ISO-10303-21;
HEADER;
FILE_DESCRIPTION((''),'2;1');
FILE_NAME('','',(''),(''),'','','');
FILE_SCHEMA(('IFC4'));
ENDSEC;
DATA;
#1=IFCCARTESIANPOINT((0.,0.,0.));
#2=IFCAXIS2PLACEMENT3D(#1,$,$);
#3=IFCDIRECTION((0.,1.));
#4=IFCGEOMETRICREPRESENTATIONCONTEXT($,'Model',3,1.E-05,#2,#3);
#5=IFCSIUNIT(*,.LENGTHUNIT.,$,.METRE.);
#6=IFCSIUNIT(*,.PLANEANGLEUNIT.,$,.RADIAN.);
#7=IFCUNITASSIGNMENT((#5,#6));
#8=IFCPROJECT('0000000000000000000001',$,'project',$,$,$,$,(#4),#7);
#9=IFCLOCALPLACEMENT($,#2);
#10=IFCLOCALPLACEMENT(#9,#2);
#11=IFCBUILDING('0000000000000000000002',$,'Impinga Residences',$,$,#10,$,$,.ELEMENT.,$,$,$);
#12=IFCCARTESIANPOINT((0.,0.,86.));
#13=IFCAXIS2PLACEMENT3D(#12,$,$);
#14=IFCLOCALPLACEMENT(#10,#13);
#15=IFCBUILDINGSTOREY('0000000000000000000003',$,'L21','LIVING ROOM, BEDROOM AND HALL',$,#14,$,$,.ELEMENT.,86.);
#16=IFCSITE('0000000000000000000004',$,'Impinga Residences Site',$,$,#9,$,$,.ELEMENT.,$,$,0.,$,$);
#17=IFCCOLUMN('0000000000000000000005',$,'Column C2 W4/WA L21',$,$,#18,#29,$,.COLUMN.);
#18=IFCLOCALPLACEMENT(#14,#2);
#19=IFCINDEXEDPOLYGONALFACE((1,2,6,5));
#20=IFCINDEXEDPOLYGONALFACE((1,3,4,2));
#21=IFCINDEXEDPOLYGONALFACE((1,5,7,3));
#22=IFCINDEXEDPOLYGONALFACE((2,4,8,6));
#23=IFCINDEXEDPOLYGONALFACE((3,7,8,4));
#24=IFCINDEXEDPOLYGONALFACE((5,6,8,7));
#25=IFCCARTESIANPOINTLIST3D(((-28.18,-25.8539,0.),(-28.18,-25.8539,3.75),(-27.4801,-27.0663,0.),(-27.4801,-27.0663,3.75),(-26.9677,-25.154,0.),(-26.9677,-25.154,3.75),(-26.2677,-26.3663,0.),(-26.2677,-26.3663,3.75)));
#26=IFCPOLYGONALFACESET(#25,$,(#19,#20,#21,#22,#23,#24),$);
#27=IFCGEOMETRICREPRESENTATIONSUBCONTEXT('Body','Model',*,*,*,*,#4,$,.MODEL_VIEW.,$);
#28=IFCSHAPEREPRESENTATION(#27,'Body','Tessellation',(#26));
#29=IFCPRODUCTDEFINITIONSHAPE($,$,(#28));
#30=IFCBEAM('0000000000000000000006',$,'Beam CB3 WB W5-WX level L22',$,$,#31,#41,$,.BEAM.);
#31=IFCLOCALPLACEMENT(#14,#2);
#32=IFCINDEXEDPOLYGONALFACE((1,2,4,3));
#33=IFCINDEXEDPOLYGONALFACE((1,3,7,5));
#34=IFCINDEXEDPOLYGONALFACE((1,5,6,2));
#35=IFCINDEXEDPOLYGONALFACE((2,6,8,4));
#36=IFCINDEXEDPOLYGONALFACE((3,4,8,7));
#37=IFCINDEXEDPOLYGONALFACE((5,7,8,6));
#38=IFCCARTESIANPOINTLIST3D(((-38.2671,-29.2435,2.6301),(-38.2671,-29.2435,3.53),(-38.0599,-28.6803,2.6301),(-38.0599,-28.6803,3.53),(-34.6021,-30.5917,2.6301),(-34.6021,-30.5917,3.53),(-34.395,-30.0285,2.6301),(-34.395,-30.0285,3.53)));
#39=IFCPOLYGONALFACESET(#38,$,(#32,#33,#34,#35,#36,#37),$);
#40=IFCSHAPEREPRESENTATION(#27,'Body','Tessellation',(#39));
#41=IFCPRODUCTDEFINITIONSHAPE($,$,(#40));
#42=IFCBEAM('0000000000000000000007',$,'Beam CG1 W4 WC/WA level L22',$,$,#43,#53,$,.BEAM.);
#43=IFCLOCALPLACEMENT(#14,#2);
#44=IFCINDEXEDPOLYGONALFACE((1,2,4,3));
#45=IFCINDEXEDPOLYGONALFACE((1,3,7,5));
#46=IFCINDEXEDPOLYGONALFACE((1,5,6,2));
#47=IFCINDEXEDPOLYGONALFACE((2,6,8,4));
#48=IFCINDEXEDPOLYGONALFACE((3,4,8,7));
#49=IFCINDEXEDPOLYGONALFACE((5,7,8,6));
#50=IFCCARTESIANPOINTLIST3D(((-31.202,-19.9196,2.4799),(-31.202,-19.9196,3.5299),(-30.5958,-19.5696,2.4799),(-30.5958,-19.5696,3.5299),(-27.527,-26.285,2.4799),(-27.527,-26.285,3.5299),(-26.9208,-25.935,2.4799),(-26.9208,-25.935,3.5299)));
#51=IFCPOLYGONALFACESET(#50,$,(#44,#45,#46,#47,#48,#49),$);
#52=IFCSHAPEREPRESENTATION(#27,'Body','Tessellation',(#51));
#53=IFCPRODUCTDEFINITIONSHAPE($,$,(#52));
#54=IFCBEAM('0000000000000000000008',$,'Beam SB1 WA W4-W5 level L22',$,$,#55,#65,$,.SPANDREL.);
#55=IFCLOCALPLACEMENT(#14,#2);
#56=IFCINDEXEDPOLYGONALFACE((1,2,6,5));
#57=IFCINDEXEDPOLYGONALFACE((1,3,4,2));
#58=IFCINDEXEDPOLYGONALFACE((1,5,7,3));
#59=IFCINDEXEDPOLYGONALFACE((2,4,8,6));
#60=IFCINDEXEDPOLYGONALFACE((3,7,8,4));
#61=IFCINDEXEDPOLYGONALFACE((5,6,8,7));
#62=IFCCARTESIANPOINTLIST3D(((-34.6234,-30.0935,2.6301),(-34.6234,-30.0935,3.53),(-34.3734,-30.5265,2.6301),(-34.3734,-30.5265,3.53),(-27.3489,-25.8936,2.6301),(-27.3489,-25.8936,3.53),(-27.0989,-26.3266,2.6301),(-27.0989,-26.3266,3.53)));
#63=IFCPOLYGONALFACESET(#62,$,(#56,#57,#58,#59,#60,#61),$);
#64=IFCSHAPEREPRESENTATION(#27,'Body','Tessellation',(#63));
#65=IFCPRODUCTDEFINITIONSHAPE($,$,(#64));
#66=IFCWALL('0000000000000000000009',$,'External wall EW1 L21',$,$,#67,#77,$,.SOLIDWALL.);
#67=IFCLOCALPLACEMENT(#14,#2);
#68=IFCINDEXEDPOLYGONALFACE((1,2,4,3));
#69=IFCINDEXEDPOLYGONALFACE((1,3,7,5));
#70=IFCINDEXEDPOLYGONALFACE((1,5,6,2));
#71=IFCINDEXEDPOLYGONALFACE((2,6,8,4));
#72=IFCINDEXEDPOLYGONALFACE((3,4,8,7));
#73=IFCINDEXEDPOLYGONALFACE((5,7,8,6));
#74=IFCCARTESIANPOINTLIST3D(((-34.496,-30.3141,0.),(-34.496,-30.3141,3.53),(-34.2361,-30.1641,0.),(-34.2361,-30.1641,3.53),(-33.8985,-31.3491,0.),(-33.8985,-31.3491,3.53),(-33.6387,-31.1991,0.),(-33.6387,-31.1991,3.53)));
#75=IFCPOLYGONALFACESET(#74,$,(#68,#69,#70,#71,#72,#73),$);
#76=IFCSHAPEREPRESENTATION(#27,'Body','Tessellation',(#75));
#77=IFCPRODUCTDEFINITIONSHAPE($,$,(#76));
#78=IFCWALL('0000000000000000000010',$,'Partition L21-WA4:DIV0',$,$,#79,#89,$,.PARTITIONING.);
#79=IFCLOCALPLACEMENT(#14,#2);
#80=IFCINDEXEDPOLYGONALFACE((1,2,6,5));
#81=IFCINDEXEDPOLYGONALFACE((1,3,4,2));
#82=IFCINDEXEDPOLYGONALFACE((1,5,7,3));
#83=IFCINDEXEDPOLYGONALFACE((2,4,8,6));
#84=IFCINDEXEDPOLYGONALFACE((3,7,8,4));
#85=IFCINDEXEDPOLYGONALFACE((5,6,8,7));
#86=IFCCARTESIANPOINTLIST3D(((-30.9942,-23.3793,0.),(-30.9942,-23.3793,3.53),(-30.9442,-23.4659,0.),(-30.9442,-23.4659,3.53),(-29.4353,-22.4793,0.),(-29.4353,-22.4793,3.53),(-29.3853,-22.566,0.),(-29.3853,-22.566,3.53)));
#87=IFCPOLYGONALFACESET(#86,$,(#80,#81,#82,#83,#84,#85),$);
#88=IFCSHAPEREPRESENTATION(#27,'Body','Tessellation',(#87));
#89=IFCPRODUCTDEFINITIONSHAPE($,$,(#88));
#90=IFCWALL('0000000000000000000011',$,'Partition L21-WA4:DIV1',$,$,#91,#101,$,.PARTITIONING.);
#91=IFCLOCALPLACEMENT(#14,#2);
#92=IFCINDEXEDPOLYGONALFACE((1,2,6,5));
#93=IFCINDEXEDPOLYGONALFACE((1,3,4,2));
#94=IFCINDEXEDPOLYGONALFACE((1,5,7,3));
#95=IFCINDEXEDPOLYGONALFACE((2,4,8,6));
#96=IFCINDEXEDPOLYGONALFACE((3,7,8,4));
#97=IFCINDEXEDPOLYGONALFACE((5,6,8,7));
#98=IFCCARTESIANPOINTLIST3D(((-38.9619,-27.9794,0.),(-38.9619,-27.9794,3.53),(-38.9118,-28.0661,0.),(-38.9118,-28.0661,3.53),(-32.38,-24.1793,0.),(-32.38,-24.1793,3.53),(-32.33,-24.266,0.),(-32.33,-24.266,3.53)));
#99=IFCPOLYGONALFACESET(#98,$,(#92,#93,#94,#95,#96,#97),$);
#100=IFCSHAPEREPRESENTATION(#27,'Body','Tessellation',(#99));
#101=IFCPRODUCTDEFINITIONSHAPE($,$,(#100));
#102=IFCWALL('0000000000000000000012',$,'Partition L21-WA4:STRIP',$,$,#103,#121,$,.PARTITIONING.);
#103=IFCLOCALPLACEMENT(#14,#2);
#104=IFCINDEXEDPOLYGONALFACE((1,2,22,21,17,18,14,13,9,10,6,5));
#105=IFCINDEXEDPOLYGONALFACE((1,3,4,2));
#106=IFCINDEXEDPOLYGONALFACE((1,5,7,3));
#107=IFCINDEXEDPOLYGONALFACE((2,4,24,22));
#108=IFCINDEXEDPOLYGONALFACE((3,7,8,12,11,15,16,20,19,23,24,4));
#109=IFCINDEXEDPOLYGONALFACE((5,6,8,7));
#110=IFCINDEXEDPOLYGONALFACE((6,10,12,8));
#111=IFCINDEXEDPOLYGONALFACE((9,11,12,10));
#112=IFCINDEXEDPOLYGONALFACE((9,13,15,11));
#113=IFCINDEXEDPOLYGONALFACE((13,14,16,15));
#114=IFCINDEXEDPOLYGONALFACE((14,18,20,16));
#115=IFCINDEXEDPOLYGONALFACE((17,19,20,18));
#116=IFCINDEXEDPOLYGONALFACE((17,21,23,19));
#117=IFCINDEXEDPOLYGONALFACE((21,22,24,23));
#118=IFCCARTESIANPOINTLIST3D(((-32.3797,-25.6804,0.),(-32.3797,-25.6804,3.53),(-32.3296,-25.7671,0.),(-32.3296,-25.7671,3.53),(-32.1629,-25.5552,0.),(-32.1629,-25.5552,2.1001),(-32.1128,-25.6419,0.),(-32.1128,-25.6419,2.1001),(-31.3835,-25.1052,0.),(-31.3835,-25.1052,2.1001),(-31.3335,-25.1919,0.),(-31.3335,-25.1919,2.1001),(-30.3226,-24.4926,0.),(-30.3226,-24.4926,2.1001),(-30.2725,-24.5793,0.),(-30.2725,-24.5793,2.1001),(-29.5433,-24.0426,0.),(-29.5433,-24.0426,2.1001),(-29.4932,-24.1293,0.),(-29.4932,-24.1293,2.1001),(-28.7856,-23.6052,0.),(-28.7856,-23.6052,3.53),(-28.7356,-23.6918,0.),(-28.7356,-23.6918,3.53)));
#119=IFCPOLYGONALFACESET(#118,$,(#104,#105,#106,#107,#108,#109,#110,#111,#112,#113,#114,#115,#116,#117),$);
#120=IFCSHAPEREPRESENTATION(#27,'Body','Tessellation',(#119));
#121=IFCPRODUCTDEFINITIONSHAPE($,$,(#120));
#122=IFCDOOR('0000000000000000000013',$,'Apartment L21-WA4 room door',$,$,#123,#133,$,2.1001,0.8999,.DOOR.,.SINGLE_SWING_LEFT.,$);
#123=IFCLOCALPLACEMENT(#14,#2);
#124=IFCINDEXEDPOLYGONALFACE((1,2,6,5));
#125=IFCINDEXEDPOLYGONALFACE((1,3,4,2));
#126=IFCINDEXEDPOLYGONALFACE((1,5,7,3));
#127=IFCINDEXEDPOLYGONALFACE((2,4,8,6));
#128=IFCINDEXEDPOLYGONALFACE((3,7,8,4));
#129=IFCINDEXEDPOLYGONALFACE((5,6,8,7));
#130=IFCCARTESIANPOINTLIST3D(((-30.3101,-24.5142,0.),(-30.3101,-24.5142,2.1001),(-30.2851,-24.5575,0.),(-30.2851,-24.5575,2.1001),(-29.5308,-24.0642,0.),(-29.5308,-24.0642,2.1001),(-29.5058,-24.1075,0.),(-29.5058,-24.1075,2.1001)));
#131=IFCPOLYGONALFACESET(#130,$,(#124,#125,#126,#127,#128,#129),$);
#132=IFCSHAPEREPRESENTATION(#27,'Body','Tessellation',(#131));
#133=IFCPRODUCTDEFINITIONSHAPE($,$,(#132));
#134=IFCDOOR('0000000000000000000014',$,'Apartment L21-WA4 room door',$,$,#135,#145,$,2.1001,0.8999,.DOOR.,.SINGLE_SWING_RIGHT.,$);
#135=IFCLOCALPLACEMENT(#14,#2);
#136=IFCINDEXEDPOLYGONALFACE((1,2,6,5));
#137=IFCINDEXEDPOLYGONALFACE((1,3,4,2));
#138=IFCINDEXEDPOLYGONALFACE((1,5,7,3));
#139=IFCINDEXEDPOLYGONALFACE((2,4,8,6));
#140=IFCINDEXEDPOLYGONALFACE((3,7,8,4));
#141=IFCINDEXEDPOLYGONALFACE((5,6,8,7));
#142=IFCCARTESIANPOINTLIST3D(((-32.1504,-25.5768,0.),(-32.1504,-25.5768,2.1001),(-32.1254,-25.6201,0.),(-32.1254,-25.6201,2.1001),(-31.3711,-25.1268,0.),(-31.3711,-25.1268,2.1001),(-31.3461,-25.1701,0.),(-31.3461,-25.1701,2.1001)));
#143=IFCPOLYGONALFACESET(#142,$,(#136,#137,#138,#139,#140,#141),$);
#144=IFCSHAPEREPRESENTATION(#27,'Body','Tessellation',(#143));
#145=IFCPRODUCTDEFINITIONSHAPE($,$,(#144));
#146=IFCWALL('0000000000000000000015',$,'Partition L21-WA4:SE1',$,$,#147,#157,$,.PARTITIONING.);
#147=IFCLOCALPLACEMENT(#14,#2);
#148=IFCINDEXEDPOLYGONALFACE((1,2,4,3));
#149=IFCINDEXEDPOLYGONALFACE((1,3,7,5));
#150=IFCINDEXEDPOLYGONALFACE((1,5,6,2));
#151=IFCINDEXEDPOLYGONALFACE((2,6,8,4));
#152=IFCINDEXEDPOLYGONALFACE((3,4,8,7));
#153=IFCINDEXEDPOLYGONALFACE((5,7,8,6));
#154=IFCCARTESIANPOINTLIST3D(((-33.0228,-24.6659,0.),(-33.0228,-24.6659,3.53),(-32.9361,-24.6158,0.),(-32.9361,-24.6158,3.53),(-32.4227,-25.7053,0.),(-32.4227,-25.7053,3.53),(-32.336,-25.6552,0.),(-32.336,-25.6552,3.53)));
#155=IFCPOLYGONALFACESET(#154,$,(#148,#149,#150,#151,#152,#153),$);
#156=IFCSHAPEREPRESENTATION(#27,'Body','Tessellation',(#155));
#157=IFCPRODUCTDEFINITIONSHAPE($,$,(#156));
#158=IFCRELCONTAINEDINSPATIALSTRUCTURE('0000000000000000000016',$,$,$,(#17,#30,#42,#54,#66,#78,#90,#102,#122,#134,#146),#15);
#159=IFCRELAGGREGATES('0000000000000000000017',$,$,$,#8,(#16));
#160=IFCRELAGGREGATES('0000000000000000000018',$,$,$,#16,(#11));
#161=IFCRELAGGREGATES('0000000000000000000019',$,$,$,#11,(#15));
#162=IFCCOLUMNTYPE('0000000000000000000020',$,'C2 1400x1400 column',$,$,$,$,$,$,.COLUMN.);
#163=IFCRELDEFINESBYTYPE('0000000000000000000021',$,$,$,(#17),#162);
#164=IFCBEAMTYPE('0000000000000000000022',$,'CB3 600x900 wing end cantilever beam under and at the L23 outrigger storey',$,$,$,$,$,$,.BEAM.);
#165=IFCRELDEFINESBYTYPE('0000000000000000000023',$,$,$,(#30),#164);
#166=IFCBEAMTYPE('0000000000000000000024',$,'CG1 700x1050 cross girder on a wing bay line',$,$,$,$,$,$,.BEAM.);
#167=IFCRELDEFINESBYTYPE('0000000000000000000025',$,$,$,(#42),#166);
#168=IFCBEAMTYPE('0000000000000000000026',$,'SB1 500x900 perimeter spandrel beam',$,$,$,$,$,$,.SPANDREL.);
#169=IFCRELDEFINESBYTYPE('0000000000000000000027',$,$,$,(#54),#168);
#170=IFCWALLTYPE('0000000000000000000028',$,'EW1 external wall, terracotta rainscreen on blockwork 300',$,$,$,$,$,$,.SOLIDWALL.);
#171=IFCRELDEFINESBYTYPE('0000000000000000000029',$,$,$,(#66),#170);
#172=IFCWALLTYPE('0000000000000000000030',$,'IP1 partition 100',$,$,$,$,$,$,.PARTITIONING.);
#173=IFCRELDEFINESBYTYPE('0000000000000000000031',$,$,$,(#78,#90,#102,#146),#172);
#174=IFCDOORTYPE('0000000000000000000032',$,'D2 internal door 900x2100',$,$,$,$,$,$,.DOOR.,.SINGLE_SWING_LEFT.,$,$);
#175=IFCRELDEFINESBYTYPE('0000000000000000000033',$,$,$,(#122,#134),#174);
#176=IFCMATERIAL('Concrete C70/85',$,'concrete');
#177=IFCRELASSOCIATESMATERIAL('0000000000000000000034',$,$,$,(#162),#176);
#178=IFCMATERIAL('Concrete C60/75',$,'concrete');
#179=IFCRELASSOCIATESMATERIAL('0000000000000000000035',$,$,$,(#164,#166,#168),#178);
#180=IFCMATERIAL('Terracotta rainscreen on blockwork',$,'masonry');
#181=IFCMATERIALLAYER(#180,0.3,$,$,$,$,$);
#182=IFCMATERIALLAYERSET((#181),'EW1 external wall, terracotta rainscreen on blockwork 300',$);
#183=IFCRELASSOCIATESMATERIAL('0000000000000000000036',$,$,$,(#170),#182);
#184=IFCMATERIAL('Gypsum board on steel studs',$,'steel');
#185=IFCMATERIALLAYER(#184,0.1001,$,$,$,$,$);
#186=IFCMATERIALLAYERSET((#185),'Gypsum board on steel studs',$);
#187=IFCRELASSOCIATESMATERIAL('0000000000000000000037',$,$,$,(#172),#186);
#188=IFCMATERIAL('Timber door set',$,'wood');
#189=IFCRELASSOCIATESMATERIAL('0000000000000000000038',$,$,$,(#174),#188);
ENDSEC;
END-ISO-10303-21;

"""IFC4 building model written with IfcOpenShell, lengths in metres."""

from ifc_helpers import new_model, si_unit, direction, frame, frame_2d, origin, origin_2d, place, context, subcontext, project, spatial, rectangle, extrude, material, layer, layer_set, material_profile, profile_set, type_object, element, fill, save


model = new_model("IFC4")

# Units and contexts
model_context = context("Model", 3, precision=1e-05, world=origin(), true_north=direction((0.0, 1.0)))
body_context = subcontext(model_context, "Body", "Model", "MODEL_VIEW")
ifc_project = project(units=[si_unit("LENGTHUNIT", "METRE"), si_unit("PLANEANGLEUNIT", "RADIAN")], contexts=[model_context])

# Site, building, storey
site_placement = place(None, origin())
site = spatial("IfcSite", under=ifc_project, at=site_placement, Name="Impinga Residences Site", CompositionType="ELEMENT", RefElevation=0.0)
building_placement = place(site_placement, origin())
building = spatial("IfcBuilding", under=site, at=building_placement, Name="Impinga Residences", CompositionType="ELEMENT")
storey_placement = place(building_placement, frame((0.0, 0.0, 86.0)))
storey = spatial("IfcBuildingStorey", under=building, at=storey_placement, Name="L21", Description="LIVING ROOM, BEDROOM AND HALL", CompositionType="ELEMENT", Elevation=86.0)

# Column
ifc_material_1 = material(Name="Concrete C70/85", Category="concrete")
ifc_material_profile_1 = material_profile(ifc_material_1, rectangle(XDim=1.3999, YDim=1.3999, at=origin_2d()), Name="RC 1400x1400")
ifc_profile_set_1 = profile_set([ifc_material_profile_1], Name="Concrete C70/85")
column_type = type_object("IfcColumnType", Name="C2 1400x1400 column", PredefinedType="COLUMN", material=ifc_profile_set_1)
column_placement = place(storey_placement, frame((-27.2239, -26.1101, 0.0), z_axis=(0.0, 0.0, 1.0), x_axis=(-0.5, 0.866025, 0.0)))
element("IfcColumn", 1, at=column_placement, inside=storey, type_object=column_type, Name="Column C2 W4/WA L21", PredefinedType="COLUMN", context=body_context, shape_type="SweptSolid", body=[
    extrude(rectangle(XDim=1.3999, YDim=1.3999, at=origin_2d()), origin(), (0.0, 0.0, 1.0), 3.75),
])

# Beams
ifc_material_2 = material(Name="Concrete C60/75", Category="concrete")
ifc_material_profile_2 = material_profile(ifc_material_2, rectangle(XDim=0.6001, YDim=0.8999, at=origin_2d()), Name="RC 600x900")
ifc_profile_set_2 = profile_set([ifc_material_profile_2], Name="Concrete C60/75")
beam_type_1 = type_object("IfcBeamType", Name="CB3 600x900 wing end cantilever beam under and at the L23 outrigger storey", PredefinedType="BEAM", material=ifc_profile_set_2)
beam_1_placement = place(storey_placement, frame((-34.4985, -30.3101, 3.0801), z_axis=(-0.93852, 0.345224, 0.0), x_axis=(-0.345224, -0.93852, 0.0)))
element("IfcBeam", 2, at=beam_1_placement, inside=storey, type_object=beam_type_1, Name="Beam CB3 WB W5-WX level L22", PredefinedType="BEAM", context=body_context, shape_type="SweptSolid", body=[
    extrude(rectangle(XDim=0.6001, YDim=0.8999, at=origin_2d()), origin(), (0.0, 0.0, 1.0), 3.905),
])
ifc_material_profile_3 = material_profile(ifc_material_2, rectangle(XDim=0.7, YDim=1.05, at=origin_2d()), Name="RC 700x1050")
ifc_profile_set_3 = profile_set([ifc_material_profile_3], Name="Concrete C60/75")
beam_type_2 = type_object("IfcBeamType", Name="CG1 700x1050 cross girder on a wing bay line", PredefinedType="BEAM", material=ifc_profile_set_3)
beam_2_placement = place(storey_placement, frame((-30.8989, -19.7446, 3.0049), z_axis=(0.499994, -0.866029, 0.0), x_axis=(0.866029, 0.499994, 0.0)))
element("IfcBeam", 3, at=beam_2_placement, inside=storey, type_object=beam_type_2, Name="Beam CG1 W4 WC/WA level L22", PredefinedType="BEAM", context=body_context, shape_type="SweptSolid", body=[
    extrude(rectangle(XDim=0.7, YDim=1.05, at=origin_2d()), origin(), (0.0, 0.0, 1.0), 7.3501),
])
ifc_material_profile_4 = material_profile(ifc_material_2, rectangle(XDim=0.5, YDim=0.8999, at=origin_2d()), Name="RC 500x900")
ifc_profile_set_4 = profile_set([ifc_material_profile_4], Name="Concrete C60/75")
beam_type_3 = type_object("IfcBeamType", Name="SB1 500x900 perimeter spandrel beam", PredefinedType="SPANDREL", material=ifc_profile_set_4)
beam_3_placement = place(storey_placement, frame((-27.2239, -26.1101, 3.0801), z_axis=(-0.866029, -0.499993, 0.0), x_axis=(0.499993, -0.866029, 0.0)))
element("IfcBeam", 4, at=beam_3_placement, inside=storey, type_object=beam_type_3, Name="Beam SB1 WA W4-W5 level L22", PredefinedType="SPANDREL", context=body_context, shape_type="SweptSolid", body=[
    extrude(rectangle(XDim=0.5, YDim=0.8999, at=origin_2d()), origin(), (0.0, 0.0, 1.0), 8.3999),
])

# Walls
ifc_material_3 = material(Name="Terracotta rainscreen on blockwork", Category="masonry")
ifc_layer_1 = layer(ifc_material_3, 0.3)
ifc_layer_set_1 = layer_set([ifc_layer_1], Name="EW1 external wall, terracotta rainscreen on blockwork 300")
wall_type_1 = type_object("IfcWallType", Name="EW1 external wall, terracotta rainscreen on blockwork 300", PredefinedType="SOLIDWALL", material=ifc_layer_set_1)
wall_1_placement = place(storey_placement, frame((-33.7686, -31.2742, 0.0), z_axis=(0.0, 0.0, 1.0), x_axis=(-0.499941, 0.86606, 0.0)))
element("IfcWall", 5, at=wall_1_placement, inside=storey, type_object=wall_type_1, Name="External wall EW1 L21", PredefinedType="SOLIDWALL", context=body_context, shape_type="SweptSolid", body=[
    extrude(rectangle(XDim=1.1951, YDim=0.3, at=frame_2d((0.5977, 0.0))), origin(), (0.0, 0.0, 1.0), 3.53),
])
ifc_material_4 = material(Name="Gypsum board on steel studs", Category="steel")
ifc_layer_2 = layer(ifc_material_4, 0.1001)
ifc_layer_set_2 = layer_set([ifc_layer_2], Name="Gypsum board on steel studs")
wall_type_2 = type_object("IfcWallType", Name="IP1 partition 100", PredefinedType="PARTITIONING", material=ifc_layer_set_2)
wall_2_placement = place(storey_placement, frame((-29.4104, -22.5227, 0.0), z_axis=(0.0, 0.0, 1.0), x_axis=(-0.866048, -0.499961, 0.0)))
element("IfcWall", 6, at=wall_2_placement, inside=storey, type_object=wall_type_2, Name="Partition L21-WA4:DIV0", PredefinedType="PARTITIONING", context=body_context, shape_type="SweptSolid", body=[
    extrude(rectangle(XDim=1.8, YDim=0.1001, at=frame_2d((0.8999, 0.0))), origin(), (0.0, 0.0, 1.0), 3.53),
])
wall_3_placement = place(storey_placement, frame((-32.355, -24.2227, 0.0), z_axis=(0.0, 0.0, 1.0), x_axis=(-0.866022, -0.500005, 0.0)))
element("IfcWall", 7, at=wall_3_placement, inside=storey, type_object=wall_type_2, Name="Partition L21-WA4:DIV1", PredefinedType="PARTITIONING", context=body_context, shape_type="SweptSolid", body=[
    extrude(rectangle(XDim=7.6001, YDim=0.1001, at=frame_2d((3.8, 0.0))), origin(), (0.0, 0.0, 1.0), 3.53),
])

# Wall, openings, doors
wall_4_placement = place(storey_placement, frame((-28.7605, -23.6484, 0.0), z_axis=(0.0, 0.0, 1.0), x_axis=(-0.866004, -0.500036, 0.0)))
wall_4 = element("IfcWall", 8, at=wall_4_placement, inside=storey, type_object=wall_type_2, Name="Partition L21-WA4:STRIP", PredefinedType="PARTITIONING", context=body_context, shape_type="SweptSolid", body=[
    extrude(rectangle(XDim=4.1501, YDim=0.1001, at=frame_2d((2.0752, 0.0))), origin(), (0.0, 0.0, 1.0), 3.53),
])
opening_1_placement = place(wall_4_placement, frame((0.875, 0.0, 0.0)))
opening_1 = element("IfcOpeningElement", 9, at=opening_1_placement, cuts=wall_4, PredefinedType="OPENING", context=body_context, shape_type="SweptSolid", body=[
    extrude(rectangle(XDim=0.8999, YDim=2.1001, at=frame_2d((0.45, 1.05))), frame((0.0, 0.0601, 0.0), z_axis=(0.0, -1.0, 0.0), x_axis=(1.0, 0.0, 0.0)), (0.0, 0.0, 1.0), 0.1201),
])
opening_2_placement = place(wall_4_placement, frame((3.0, 0.0, 0.0)))
opening_2 = element("IfcOpeningElement", 10, at=opening_2_placement, cuts=wall_4, PredefinedType="OPENING", context=body_context, shape_type="SweptSolid", body=[
    extrude(rectangle(XDim=0.8999, YDim=2.1001, at=frame_2d((0.45, 1.05))), frame((0.0, 0.0601, 0.0), z_axis=(0.0, -1.0, 0.0), x_axis=(1.0, 0.0, 0.0)), (0.0, 0.0, 1.0), 0.1201),
])
ifc_material_5 = material(Name="Timber door set", Category="wood")
door_type = type_object("IfcDoorType", Name="D2 internal door 900x2100", OperationType="SINGLE_SWING_LEFT", PredefinedType="DOOR", material=ifc_material_5)
door_1_placement = place(opening_1_placement, origin())
door_1 = element("IfcDoor", 11, at=door_1_placement, inside=storey, type_object=door_type, Name="Apartment L21-WA4 room door", OperationType="SINGLE_SWING_LEFT", OverallHeight=2.1001, OverallWidth=0.8999, PredefinedType="DOOR", context=body_context, shape_type="SweptSolid", body=[
    extrude(rectangle(XDim=0.8999, YDim=2.1001, at=frame_2d((0.45, 1.05))), frame((0.0, 0.0249, 0.0), z_axis=(0.0, -1.0, 0.0), x_axis=(1.0, 0.0, 0.0)), (0.0, 0.0, 1.0), 0.05),
])
fill(opening_1, door_1)
door_2_placement = place(opening_2_placement, origin())
door_2 = element("IfcDoor", 12, at=door_2_placement, inside=storey, type_object=door_type, Name="Apartment L21-WA4 room door", OperationType="SINGLE_SWING_RIGHT", OverallHeight=2.1001, OverallWidth=0.8999, PredefinedType="DOOR", context=body_context, shape_type="SweptSolid", body=[
    extrude(rectangle(XDim=0.8999, YDim=2.1001, at=frame_2d((0.45, 1.05))), frame((0.0, 0.0249, 0.0), z_axis=(0.0, -1.0, 0.0), x_axis=(1.0, 0.0, 0.0)), (0.0, 0.0, 1.0), 0.05),
])
fill(opening_2, door_2)

# Wall
wall_5_placement = place(storey_placement, frame((-32.9795, -24.6409, 0.0), z_axis=(0.0, 0.0, 1.0), x_axis=(0.500034, -0.866006, 0.0)))
element("IfcWall", 13, at=wall_5_placement, inside=storey, type_object=wall_type_2, Name="Partition L21-WA4:SE1", PredefinedType="PARTITIONING", context=body_context, shape_type="SweptSolid", body=[
    extrude(rectangle(XDim=1.2002, YDim=0.1001, at=frame_2d((0.6001, 0.0))), origin(), (0.0, 0.0, 1.0), 3.53),
])

save(model, "model.ifc")
